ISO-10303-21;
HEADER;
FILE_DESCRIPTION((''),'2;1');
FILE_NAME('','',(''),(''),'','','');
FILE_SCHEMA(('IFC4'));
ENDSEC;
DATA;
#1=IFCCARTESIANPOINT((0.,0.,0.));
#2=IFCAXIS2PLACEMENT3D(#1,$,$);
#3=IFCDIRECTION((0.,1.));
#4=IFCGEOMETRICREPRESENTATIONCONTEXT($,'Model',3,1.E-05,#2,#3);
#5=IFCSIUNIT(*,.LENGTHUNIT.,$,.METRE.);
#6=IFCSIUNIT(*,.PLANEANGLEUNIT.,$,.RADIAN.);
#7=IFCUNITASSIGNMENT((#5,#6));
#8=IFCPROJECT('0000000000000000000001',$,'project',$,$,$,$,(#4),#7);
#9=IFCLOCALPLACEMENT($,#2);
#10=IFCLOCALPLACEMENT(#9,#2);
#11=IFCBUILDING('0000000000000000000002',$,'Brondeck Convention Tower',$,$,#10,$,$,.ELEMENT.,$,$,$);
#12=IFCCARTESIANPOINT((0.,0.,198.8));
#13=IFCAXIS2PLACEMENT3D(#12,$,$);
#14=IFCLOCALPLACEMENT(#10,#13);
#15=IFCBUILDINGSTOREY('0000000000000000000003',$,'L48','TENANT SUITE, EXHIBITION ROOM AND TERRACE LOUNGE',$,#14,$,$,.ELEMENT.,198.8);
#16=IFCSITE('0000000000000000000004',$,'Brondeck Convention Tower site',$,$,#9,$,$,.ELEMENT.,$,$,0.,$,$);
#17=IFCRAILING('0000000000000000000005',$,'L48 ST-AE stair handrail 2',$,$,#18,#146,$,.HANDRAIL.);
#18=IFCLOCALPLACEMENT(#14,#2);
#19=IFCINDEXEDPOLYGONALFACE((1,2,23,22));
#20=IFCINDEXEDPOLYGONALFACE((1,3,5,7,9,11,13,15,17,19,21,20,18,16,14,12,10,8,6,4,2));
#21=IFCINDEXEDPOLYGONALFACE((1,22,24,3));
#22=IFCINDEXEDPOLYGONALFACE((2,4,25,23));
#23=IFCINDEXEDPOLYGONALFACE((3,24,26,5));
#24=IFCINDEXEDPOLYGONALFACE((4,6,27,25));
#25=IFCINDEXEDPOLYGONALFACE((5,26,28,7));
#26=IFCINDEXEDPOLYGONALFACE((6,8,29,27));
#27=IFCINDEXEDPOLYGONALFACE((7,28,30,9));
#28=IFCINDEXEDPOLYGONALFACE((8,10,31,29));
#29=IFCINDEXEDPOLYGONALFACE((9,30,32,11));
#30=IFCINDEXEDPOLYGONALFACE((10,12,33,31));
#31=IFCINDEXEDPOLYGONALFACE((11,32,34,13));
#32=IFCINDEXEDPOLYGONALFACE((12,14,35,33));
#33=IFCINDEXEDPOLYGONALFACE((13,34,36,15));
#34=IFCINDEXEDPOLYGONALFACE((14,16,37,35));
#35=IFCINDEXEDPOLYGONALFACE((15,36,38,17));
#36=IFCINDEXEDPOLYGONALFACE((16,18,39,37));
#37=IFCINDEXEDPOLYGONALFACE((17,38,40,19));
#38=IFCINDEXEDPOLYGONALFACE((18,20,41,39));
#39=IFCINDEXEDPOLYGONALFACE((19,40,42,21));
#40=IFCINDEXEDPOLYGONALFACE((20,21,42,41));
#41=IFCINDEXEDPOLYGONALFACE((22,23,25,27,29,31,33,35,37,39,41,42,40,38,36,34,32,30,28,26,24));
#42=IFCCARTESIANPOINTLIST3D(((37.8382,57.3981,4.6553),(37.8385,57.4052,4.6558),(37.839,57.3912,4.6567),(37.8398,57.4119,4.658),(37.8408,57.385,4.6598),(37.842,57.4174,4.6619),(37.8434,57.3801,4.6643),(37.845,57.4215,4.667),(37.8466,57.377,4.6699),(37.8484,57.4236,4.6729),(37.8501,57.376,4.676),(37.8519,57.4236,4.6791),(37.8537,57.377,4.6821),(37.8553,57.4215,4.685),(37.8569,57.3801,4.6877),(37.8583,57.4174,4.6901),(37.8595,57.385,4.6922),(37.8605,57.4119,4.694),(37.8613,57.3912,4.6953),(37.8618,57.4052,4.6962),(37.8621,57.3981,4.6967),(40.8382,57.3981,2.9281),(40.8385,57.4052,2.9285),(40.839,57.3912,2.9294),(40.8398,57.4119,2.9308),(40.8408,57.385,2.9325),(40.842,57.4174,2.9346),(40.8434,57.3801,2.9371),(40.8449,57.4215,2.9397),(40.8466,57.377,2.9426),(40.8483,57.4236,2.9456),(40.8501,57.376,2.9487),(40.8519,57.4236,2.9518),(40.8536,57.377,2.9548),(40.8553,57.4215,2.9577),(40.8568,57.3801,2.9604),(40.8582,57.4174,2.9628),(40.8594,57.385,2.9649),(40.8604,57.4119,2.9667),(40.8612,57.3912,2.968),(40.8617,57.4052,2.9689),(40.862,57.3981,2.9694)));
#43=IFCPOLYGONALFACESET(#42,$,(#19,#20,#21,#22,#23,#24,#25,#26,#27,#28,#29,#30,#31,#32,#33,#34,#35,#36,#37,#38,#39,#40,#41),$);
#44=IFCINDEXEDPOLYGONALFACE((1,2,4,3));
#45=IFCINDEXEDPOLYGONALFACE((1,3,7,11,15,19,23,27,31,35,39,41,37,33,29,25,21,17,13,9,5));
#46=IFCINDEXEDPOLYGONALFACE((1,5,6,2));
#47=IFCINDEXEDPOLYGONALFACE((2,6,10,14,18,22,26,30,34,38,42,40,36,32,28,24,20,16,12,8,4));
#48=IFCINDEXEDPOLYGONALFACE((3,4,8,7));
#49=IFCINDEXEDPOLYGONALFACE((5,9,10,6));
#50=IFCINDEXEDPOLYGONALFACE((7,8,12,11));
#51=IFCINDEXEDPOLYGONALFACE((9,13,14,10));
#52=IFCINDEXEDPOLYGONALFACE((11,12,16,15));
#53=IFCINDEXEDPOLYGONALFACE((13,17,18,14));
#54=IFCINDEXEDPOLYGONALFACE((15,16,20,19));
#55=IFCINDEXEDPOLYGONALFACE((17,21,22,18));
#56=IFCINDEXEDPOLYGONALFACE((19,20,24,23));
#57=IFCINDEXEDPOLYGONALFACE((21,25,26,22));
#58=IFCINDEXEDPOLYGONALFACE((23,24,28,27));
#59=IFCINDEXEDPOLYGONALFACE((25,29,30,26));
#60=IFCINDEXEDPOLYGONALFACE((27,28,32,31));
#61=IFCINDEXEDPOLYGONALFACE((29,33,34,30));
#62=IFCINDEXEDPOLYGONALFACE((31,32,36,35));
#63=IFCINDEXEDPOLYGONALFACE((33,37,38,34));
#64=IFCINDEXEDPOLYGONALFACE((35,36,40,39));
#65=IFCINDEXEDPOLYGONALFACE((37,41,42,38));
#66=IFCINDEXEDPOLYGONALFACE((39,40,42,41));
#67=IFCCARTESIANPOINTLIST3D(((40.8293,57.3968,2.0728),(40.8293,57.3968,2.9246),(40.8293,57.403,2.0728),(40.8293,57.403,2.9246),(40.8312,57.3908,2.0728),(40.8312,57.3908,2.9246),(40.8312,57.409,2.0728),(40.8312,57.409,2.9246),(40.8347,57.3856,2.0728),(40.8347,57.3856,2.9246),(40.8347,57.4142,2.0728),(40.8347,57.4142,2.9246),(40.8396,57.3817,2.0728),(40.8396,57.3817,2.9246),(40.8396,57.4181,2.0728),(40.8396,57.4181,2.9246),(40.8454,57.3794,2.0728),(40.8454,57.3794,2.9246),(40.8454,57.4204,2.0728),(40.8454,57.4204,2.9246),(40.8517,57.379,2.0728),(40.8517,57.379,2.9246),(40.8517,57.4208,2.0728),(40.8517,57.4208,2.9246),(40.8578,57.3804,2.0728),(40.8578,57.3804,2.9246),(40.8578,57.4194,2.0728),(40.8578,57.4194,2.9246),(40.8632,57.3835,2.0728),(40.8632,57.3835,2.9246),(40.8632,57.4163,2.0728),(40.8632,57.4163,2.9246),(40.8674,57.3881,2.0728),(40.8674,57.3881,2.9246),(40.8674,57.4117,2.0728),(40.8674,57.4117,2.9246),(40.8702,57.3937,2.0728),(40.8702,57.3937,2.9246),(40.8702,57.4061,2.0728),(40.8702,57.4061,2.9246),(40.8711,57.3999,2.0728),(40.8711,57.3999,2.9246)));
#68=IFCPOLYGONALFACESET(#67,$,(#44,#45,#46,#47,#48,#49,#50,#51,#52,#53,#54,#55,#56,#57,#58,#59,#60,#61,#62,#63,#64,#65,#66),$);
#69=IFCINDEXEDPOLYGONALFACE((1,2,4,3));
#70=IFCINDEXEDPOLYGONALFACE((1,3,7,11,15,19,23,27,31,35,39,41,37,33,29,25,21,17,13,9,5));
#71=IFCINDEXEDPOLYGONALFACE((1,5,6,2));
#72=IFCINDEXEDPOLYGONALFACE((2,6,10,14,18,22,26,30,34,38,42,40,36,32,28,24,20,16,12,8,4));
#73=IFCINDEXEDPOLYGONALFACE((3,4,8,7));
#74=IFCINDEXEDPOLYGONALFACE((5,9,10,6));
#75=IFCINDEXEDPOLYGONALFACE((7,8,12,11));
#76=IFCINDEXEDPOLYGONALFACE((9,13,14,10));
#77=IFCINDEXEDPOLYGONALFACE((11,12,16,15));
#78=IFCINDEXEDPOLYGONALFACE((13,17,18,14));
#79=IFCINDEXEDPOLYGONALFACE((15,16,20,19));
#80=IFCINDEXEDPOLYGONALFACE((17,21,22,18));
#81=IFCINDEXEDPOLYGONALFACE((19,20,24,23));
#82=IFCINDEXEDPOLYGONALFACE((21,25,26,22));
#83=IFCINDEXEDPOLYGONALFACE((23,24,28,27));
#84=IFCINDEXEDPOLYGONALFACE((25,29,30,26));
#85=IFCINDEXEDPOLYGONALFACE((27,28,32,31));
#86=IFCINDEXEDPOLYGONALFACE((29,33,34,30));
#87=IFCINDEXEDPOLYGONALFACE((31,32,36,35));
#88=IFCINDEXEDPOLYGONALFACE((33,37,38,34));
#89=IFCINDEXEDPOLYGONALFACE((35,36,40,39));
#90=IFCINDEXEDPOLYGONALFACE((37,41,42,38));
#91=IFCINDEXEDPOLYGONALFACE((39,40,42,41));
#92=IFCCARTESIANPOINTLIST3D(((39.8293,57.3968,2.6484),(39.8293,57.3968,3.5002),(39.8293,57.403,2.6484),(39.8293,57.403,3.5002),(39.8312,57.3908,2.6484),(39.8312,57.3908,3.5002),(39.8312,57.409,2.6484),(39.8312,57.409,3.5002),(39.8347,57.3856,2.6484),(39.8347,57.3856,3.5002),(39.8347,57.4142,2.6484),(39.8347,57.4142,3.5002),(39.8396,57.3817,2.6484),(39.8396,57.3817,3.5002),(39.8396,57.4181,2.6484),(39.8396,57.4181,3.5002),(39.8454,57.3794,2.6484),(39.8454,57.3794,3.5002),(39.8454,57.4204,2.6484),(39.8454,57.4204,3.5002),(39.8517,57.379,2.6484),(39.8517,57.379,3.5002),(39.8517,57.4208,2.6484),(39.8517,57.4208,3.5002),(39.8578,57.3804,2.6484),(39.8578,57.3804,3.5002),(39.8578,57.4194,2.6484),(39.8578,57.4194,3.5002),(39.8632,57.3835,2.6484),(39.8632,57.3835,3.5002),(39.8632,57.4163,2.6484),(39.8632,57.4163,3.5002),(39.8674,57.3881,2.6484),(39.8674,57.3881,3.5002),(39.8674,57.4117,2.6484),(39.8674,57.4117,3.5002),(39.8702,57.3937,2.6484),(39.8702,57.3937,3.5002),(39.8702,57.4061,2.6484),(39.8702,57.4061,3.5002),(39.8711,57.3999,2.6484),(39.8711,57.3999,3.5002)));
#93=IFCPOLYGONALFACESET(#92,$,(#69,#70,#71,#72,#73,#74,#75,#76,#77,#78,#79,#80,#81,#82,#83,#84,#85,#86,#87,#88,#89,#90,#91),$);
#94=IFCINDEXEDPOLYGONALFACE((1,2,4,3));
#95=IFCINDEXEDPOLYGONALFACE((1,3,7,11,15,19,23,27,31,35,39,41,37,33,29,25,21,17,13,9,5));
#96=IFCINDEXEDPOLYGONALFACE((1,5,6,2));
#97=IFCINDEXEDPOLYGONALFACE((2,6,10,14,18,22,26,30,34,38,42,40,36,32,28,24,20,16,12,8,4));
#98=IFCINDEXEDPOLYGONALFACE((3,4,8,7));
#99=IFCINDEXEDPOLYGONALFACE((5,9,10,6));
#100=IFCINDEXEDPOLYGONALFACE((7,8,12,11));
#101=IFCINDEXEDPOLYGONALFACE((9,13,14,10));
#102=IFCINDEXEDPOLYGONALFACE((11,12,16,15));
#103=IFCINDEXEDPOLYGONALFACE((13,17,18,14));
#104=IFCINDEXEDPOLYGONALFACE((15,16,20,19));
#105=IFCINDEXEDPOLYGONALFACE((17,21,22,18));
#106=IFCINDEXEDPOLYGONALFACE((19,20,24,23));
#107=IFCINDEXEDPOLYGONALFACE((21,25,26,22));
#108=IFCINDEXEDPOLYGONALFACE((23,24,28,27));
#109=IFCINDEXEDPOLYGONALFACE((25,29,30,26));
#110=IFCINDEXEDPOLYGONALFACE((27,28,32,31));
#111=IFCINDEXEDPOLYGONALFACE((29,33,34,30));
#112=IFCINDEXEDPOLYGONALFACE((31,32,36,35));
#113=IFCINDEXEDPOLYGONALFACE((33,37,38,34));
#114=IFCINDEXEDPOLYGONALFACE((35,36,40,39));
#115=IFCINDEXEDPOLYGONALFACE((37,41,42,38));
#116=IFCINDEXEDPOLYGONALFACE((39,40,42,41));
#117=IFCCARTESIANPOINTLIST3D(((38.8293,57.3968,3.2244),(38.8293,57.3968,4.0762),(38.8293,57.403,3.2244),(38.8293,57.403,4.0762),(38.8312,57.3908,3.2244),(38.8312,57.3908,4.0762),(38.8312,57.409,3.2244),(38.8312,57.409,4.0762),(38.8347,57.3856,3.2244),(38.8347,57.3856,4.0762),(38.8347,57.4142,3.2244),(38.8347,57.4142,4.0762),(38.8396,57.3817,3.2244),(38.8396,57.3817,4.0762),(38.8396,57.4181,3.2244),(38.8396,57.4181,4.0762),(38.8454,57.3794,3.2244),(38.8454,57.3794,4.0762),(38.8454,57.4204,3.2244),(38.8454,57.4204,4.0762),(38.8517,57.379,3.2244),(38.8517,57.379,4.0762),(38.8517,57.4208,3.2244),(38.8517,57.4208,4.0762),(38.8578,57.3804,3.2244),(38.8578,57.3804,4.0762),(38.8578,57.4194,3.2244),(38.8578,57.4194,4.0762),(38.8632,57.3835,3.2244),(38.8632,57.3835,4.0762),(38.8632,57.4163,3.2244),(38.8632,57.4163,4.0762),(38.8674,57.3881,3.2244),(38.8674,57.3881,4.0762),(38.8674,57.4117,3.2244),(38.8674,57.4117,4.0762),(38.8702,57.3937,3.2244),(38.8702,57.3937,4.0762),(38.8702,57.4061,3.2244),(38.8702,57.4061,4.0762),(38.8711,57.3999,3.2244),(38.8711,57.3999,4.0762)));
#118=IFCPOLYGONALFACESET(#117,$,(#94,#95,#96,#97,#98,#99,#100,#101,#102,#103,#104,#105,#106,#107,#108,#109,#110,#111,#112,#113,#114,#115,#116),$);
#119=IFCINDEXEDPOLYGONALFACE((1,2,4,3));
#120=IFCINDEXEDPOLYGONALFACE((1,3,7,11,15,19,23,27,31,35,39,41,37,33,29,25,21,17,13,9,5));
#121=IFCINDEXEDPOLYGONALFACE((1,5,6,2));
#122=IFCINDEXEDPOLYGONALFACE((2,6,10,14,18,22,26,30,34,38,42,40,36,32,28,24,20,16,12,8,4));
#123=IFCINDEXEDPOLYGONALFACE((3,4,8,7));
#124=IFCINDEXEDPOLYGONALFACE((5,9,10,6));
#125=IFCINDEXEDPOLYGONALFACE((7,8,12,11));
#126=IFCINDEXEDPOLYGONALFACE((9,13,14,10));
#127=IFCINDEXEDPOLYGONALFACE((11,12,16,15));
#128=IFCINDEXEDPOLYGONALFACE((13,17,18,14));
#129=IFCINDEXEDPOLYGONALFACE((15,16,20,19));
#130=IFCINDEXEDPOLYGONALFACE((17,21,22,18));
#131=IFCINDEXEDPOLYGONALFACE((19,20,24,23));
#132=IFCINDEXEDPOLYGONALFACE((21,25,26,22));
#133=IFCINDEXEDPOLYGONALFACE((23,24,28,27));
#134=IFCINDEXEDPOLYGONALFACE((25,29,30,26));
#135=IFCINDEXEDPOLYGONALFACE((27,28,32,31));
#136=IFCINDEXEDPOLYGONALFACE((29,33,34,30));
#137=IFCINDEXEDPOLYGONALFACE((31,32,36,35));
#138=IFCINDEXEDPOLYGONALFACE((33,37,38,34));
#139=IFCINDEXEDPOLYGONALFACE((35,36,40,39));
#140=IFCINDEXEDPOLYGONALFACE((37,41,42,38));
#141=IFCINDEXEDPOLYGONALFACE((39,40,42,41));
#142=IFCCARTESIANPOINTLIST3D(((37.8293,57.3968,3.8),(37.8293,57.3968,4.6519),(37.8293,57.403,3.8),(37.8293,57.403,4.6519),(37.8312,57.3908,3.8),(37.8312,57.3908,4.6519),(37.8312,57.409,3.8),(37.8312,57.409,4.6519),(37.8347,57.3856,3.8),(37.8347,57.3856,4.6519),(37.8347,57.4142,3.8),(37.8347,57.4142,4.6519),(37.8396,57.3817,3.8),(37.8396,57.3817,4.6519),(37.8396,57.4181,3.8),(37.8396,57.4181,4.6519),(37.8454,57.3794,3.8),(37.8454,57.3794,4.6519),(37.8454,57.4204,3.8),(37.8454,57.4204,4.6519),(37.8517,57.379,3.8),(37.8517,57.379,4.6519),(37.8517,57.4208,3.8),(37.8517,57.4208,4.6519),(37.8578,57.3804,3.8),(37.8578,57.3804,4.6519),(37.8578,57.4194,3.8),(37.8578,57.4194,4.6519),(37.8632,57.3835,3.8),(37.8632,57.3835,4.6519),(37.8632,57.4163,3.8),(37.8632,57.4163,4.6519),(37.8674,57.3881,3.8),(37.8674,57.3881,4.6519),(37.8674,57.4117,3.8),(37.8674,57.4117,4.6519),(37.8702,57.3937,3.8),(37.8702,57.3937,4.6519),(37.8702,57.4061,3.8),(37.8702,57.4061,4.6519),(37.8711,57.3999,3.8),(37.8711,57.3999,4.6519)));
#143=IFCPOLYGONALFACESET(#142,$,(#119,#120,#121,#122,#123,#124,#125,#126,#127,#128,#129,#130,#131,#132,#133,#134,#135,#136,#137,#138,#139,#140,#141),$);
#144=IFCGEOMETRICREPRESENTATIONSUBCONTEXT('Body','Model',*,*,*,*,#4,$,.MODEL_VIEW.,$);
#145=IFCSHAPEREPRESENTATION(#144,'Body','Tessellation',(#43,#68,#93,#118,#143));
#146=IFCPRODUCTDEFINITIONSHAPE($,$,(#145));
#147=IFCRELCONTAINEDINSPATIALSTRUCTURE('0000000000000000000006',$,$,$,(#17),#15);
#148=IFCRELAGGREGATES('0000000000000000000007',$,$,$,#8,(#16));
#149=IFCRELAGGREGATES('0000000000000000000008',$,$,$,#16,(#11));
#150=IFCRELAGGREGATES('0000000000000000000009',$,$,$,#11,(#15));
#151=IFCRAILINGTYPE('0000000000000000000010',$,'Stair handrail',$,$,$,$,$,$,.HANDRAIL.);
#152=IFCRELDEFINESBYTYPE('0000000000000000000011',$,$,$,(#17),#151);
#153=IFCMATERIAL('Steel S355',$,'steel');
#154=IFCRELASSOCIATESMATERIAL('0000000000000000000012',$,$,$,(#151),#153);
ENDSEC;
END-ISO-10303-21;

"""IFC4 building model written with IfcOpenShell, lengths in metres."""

from ifc_helpers import new_model, si_unit, direction, frame, origin, origin_2d, place, context, subcontext, project, spatial, circle, extrude, material, type_object, element, save


model = new_model("IFC4")

# Units and contexts
model_context = context("Model", 3, precision=1e-05, world=origin(), true_north=direction((0.0, 1.0)))
body_context = subcontext(model_context, "Body", "Model", "MODEL_VIEW")
ifc_project = project(units=[si_unit("LENGTHUNIT", "METRE"), si_unit("PLANEANGLEUNIT", "RADIAN")], contexts=[model_context])

# Site, building, storey
site_placement = place(None, origin())
site = spatial("IfcSite", under=ifc_project, at=site_placement, Name="Brondeck Convention Tower site", CompositionType="ELEMENT", RefElevation=0.0)
building_placement = place(site_placement, origin())
building = spatial("IfcBuilding", under=site, at=building_placement, Name="Brondeck Convention Tower", CompositionType="ELEMENT")
storey_placement = place(building_placement, frame((0.0, 0.0, 198.8)))
storey = spatial("IfcBuildingStorey", under=building, at=storey_placement, Name="L48", Description="TENANT SUITE, EXHIBITION ROOM AND TERRACE LOUNGE", CompositionType="ELEMENT", Elevation=198.8)

# Shared definitions
ifc_material_1 = material(Name="Steel S355", Category="steel")

# Railing
railing_type_1 = type_object("IfcRailingType", Name="Stair handrail", PredefinedType="HANDRAIL", material=ifc_material_1)
railing_1_placement = place(storey_placement, frame((40.8501, 57.3999, 2.0728)))
element("IfcRailing", 1, at=railing_1_placement, inside=storey, type_object=railing_type_1, Name="L48 ST-AE stair handrail 2", PredefinedType="HANDRAIL", context=body_context, shape_type="SweptSolid", body=[
    extrude(circle(Radius=0.0239, at=origin_2d()), frame((0.0, 0.0, 0.876), z_axis=(-0.86662, 0.0, 0.498969), x_axis=(0.0, -1.0, 0.0)), (0.0, 0.0, 1.0), 3.4617),
    extrude(circle(Radius=0.021, at=origin_2d()), origin(), (0.0, 0.0, 1.0), 0.8518),
    extrude(circle(Radius=0.021, at=origin_2d()), frame((-1.0, 0.0, 0.5757)), (0.0, 0.0, 1.0), 0.8518),
    extrude(circle(Radius=0.021, at=origin_2d()), frame((-2.0, 0.0, 1.1516)), (0.0, 0.0, 1.0), 0.8518),
    extrude(circle(Radius=0.021, at=origin_2d()), frame((-3.0, 0.0, 1.7273)), (0.0, 0.0, 1.0), 0.8518),
])

save(model, "model.ifc")
